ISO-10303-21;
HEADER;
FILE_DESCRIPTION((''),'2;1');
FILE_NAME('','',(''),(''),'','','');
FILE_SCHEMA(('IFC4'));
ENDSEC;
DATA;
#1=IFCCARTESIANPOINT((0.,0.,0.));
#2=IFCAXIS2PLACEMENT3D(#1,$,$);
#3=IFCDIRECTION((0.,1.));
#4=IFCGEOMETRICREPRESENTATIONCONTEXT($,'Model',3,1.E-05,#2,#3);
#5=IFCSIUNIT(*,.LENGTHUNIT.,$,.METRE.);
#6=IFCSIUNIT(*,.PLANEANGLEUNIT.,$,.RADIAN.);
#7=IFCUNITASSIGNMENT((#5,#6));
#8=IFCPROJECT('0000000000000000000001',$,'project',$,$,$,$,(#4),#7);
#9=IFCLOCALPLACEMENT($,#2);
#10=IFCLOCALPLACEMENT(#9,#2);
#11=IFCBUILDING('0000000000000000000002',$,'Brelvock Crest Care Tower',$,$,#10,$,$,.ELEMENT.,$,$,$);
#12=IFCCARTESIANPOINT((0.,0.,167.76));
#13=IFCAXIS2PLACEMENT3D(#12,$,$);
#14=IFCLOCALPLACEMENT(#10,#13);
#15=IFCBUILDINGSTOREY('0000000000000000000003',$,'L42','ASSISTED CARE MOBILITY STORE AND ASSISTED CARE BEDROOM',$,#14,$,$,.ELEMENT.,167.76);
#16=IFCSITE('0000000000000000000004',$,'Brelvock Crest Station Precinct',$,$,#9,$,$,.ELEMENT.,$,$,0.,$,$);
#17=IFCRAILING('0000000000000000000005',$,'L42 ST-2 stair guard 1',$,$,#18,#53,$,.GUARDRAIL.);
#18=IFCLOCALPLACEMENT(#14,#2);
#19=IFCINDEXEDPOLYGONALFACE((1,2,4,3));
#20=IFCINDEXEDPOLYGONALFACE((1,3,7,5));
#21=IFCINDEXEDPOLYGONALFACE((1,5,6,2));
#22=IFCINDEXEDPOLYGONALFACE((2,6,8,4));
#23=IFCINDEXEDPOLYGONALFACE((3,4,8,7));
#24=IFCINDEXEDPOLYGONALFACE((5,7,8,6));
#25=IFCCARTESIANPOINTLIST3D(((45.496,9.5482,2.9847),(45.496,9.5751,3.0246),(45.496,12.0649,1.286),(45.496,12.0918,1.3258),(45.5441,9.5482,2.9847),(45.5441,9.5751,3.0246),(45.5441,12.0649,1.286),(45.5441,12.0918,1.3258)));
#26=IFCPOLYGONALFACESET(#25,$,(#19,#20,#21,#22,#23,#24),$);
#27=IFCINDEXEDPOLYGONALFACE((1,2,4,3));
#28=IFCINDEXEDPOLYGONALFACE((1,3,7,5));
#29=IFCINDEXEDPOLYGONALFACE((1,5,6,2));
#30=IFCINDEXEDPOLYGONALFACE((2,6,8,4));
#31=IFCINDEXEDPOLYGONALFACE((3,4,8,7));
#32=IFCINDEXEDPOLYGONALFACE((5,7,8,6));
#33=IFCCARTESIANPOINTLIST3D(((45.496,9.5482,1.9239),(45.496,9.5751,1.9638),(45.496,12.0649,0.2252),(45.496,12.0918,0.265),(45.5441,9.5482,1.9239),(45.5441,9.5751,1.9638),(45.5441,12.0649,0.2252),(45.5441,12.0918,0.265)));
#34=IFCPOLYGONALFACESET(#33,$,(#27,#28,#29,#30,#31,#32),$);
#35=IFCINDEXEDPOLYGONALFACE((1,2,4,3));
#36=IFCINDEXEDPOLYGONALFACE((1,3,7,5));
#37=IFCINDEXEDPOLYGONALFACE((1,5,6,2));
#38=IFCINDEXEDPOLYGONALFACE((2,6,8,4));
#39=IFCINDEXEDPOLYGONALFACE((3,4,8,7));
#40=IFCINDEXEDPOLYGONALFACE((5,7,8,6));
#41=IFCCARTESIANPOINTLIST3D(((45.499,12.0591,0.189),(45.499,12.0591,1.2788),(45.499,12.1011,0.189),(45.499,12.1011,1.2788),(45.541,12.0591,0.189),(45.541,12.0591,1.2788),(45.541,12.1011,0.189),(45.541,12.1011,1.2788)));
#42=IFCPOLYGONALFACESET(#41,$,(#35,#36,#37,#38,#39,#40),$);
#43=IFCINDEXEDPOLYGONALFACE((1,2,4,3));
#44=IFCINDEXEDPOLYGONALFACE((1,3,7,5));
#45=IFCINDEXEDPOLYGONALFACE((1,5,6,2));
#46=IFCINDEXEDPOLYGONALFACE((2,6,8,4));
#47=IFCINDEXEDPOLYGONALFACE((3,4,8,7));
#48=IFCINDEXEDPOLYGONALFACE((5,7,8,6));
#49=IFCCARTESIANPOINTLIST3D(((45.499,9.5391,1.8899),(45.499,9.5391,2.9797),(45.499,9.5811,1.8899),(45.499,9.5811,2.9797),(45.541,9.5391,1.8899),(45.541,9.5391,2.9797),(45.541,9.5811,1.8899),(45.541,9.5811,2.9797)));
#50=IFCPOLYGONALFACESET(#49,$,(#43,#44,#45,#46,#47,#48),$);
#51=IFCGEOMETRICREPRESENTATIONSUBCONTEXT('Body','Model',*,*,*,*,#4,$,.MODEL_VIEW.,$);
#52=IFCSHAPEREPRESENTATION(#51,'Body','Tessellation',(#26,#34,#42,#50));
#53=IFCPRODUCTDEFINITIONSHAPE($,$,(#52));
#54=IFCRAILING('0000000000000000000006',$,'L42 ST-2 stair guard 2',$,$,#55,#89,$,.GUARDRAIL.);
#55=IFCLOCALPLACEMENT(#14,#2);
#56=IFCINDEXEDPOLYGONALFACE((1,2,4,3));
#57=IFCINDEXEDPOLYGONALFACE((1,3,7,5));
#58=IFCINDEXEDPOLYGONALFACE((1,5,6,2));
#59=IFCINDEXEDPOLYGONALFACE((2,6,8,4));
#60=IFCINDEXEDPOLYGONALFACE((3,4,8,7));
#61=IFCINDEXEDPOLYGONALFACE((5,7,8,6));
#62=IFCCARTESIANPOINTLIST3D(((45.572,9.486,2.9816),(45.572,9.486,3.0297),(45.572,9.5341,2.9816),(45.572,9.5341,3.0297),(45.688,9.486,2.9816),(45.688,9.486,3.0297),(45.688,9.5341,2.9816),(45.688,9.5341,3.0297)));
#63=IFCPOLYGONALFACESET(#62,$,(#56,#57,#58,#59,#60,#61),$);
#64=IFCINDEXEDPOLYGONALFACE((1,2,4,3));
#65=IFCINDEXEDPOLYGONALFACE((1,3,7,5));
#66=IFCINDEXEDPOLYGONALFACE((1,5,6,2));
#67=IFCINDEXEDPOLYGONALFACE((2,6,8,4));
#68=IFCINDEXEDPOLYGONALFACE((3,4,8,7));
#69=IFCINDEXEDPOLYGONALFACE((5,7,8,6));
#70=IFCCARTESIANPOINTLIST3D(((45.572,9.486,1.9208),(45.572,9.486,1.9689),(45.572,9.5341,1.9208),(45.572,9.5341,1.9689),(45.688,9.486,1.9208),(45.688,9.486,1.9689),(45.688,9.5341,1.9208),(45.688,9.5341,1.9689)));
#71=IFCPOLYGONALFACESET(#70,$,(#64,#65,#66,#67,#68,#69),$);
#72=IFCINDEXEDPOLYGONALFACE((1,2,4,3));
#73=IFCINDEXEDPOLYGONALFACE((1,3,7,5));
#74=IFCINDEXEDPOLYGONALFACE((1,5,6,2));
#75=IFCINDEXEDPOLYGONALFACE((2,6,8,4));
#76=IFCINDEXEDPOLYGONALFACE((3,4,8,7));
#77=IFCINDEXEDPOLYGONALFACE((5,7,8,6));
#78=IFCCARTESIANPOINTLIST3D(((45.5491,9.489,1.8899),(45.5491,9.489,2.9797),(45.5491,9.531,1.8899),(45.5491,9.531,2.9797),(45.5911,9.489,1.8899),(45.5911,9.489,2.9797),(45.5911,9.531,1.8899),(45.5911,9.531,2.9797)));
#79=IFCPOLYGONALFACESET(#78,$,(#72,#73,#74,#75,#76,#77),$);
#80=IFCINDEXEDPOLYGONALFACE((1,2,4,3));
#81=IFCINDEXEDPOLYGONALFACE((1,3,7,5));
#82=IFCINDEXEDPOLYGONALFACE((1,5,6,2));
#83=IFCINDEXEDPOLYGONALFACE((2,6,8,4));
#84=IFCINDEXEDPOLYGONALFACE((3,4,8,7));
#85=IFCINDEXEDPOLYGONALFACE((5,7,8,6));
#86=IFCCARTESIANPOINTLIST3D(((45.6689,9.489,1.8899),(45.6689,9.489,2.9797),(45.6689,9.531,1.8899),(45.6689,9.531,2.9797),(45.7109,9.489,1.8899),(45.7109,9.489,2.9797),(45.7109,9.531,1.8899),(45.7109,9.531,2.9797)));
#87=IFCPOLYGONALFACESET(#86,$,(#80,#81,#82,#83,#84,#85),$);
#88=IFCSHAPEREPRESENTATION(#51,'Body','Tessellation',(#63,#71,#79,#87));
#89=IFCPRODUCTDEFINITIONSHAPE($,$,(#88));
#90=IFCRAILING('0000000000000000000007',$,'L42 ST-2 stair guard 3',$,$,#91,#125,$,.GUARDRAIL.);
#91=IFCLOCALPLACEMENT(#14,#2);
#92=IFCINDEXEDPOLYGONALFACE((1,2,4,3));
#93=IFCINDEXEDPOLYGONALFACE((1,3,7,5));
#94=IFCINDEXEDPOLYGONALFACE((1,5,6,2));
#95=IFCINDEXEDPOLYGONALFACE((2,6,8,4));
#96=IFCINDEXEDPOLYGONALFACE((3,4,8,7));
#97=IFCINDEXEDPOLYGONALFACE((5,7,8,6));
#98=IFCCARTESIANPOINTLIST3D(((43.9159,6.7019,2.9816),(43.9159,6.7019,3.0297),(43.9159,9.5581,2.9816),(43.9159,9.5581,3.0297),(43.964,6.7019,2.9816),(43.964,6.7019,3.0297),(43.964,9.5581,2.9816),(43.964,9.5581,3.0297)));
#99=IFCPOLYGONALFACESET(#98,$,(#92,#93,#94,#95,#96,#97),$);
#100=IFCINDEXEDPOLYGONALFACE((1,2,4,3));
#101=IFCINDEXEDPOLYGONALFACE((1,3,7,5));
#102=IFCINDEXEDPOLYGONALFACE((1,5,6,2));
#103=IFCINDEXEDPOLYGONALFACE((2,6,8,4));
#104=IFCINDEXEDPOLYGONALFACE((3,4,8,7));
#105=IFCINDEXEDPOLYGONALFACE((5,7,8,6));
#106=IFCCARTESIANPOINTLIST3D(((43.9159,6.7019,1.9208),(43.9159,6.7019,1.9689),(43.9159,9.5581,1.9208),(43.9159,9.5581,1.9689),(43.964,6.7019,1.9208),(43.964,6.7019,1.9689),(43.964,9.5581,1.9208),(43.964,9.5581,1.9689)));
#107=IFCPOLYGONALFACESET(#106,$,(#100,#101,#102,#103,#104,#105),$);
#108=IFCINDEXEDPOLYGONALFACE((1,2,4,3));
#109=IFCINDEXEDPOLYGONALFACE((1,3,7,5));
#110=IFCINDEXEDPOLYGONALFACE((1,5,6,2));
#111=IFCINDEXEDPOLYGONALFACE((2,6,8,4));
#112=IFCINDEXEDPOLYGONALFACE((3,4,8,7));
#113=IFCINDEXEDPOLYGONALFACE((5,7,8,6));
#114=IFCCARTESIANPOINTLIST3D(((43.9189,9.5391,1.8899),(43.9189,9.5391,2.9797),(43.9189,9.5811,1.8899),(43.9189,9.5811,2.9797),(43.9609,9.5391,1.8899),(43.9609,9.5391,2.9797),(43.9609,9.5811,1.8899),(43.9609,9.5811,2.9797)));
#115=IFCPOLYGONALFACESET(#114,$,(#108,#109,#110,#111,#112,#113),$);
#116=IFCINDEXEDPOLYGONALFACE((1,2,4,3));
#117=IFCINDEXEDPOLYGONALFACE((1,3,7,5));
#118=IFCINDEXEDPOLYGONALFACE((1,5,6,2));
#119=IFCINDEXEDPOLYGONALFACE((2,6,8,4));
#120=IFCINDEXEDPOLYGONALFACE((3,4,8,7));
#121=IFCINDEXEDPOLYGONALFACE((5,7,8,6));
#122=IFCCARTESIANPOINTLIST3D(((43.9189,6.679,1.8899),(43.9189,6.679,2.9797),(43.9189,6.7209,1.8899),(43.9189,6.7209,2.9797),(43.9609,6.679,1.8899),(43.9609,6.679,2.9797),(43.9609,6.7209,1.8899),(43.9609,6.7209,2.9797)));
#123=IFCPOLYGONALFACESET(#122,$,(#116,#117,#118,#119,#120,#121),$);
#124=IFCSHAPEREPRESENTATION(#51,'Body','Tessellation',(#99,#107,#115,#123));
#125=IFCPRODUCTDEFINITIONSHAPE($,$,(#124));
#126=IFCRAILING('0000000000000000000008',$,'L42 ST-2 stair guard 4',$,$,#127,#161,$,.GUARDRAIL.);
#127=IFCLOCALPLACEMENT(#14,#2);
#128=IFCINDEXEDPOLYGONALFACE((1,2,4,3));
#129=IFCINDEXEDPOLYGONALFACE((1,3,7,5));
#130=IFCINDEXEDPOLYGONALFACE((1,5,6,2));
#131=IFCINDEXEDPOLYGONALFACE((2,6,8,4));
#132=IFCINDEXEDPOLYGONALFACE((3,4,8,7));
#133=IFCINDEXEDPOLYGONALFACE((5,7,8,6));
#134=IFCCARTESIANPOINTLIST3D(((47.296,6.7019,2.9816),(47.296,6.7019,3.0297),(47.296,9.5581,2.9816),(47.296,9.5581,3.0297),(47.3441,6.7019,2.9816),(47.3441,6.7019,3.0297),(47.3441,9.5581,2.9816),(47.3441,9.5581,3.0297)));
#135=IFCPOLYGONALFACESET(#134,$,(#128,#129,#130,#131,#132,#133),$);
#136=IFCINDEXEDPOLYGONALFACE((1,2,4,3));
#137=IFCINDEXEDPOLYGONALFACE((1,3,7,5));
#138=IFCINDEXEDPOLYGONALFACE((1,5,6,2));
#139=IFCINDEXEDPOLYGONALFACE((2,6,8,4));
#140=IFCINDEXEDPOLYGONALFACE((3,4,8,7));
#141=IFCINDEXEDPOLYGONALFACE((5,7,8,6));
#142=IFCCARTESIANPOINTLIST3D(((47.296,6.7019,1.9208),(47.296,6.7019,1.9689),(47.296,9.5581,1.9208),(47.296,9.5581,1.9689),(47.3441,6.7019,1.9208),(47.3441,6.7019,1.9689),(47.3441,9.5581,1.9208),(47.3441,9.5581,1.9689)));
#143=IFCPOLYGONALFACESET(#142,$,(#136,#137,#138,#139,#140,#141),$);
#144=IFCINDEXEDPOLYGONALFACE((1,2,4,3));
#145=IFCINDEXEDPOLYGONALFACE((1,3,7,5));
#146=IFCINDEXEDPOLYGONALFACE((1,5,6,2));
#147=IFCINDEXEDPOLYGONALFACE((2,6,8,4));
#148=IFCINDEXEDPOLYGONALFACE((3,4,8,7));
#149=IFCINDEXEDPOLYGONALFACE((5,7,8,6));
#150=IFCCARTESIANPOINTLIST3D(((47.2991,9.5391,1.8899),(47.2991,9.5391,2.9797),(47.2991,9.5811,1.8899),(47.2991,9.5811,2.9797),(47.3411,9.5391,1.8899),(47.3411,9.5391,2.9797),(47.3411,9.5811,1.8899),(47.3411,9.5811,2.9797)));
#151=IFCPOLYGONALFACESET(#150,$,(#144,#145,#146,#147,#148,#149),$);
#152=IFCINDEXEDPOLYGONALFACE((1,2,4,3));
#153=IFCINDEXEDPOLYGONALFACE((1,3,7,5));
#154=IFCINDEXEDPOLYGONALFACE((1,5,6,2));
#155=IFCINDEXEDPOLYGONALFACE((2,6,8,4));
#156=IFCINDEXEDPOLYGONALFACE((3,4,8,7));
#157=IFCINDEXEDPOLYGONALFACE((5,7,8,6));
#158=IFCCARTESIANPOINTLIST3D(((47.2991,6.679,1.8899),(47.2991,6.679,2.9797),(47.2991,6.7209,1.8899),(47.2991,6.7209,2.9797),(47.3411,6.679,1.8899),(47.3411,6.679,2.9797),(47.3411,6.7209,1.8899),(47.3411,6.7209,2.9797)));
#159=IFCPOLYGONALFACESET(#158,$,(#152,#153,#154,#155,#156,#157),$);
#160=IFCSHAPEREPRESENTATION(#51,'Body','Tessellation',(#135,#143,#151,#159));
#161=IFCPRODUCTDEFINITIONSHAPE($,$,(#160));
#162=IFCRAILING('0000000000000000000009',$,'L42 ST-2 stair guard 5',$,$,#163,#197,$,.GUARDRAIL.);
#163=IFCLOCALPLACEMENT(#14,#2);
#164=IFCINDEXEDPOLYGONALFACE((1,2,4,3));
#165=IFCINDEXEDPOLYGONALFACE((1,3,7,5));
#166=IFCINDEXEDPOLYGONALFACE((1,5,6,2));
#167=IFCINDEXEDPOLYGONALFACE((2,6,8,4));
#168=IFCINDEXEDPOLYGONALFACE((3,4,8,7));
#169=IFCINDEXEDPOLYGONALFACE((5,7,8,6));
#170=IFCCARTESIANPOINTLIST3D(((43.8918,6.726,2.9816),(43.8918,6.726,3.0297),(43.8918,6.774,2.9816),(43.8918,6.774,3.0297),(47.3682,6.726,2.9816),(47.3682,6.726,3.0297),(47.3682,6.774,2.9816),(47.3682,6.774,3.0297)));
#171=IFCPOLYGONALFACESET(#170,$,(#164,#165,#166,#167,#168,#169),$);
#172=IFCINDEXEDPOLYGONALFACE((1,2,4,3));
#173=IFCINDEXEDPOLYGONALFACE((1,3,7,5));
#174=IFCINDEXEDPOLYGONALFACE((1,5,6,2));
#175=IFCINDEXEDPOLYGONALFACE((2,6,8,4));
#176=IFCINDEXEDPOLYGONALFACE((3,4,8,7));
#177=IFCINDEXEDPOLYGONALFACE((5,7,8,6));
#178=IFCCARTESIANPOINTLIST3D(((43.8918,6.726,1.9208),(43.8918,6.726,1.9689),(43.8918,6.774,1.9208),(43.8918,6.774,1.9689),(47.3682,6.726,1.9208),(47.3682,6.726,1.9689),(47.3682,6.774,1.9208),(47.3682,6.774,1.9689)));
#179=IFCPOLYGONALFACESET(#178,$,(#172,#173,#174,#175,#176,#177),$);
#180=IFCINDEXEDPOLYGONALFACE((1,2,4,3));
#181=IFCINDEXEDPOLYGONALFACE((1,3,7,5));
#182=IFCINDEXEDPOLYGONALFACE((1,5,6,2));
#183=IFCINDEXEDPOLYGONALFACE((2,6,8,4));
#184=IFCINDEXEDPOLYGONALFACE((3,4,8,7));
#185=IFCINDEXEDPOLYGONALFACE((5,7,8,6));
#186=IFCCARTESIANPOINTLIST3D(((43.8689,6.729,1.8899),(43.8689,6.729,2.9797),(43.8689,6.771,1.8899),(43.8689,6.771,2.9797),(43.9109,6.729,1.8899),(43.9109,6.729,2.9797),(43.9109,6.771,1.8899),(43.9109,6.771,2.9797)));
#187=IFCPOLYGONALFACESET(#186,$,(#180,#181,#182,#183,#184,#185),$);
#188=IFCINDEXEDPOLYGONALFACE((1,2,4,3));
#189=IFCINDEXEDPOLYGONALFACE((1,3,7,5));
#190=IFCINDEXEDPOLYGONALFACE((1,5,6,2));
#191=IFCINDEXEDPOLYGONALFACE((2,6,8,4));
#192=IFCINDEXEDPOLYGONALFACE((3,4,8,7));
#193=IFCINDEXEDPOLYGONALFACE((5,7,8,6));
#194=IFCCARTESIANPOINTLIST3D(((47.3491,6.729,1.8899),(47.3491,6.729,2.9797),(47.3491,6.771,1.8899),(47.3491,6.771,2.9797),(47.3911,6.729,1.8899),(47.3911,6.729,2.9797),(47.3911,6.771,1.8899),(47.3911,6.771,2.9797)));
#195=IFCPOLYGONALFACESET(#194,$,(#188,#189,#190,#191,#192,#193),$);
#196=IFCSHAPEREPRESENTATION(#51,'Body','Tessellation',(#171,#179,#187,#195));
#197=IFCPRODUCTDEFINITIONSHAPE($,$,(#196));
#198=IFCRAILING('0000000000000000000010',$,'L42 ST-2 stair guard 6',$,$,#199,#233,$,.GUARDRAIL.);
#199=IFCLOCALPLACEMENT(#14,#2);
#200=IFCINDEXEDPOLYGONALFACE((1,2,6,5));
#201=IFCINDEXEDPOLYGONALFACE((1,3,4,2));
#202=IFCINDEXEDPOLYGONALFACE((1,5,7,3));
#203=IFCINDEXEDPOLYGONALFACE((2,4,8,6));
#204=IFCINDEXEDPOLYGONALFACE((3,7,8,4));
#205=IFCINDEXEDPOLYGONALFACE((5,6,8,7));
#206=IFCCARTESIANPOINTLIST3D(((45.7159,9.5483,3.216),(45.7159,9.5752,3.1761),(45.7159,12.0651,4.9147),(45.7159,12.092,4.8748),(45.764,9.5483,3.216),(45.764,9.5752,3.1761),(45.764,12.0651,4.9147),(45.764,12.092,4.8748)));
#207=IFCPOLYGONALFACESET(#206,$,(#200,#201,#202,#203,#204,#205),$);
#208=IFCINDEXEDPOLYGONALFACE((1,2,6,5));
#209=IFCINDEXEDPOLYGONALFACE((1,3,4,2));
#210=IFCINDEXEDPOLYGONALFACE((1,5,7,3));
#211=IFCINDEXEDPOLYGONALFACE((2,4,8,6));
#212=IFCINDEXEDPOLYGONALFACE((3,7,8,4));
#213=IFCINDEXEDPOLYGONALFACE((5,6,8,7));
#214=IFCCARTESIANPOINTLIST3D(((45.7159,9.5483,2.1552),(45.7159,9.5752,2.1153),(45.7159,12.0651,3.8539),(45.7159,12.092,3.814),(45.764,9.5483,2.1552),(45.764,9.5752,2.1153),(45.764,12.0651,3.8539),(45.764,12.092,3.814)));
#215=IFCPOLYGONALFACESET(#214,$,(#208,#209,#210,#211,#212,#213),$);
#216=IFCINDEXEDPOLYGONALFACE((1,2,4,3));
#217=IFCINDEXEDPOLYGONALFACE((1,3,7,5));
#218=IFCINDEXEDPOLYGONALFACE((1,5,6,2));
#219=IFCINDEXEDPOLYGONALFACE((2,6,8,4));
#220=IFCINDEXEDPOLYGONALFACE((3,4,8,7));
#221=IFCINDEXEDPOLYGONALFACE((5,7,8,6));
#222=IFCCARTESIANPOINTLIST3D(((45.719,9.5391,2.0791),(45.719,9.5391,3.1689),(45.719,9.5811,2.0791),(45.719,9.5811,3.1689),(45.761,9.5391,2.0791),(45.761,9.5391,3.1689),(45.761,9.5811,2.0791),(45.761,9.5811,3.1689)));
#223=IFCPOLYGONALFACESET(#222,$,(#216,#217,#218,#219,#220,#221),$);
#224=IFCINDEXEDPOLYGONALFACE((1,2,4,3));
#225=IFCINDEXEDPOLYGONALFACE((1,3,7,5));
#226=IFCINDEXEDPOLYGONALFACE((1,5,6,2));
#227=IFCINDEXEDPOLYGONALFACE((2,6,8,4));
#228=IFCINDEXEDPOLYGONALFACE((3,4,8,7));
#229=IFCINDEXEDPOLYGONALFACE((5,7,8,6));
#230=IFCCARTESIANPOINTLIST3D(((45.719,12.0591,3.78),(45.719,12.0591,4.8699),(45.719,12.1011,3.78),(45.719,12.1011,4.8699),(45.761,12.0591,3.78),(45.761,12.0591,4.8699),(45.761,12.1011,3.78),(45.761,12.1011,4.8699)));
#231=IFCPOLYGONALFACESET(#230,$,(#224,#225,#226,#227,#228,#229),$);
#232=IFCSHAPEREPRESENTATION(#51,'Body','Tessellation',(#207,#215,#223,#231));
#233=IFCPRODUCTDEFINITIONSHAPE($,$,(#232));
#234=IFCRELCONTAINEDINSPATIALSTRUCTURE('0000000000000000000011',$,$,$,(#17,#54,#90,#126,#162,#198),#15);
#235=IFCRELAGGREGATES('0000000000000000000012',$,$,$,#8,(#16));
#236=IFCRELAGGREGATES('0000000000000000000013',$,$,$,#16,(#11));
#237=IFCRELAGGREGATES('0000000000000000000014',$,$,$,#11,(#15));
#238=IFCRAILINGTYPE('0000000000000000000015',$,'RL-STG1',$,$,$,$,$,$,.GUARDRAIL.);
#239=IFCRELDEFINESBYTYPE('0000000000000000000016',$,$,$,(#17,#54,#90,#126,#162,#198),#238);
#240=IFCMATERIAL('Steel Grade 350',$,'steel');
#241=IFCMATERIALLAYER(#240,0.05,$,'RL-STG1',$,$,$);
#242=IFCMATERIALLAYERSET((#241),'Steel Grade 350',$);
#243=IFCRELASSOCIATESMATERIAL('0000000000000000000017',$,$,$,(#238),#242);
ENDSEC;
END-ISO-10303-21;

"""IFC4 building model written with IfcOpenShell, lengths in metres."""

from ifc_helpers import new_model, si_unit, direction, frame, origin, origin_2d, place, context, subcontext, project, spatial, rectangle, extrude, material, layer, layer_set, type_object, element, save


model = new_model("IFC4")

# Units and contexts
model_context = context("Model", 3, precision=1e-05, world=origin(), true_north=direction((0.0, 1.0)))
body_context = subcontext(model_context, "Body", "Model", "MODEL_VIEW")
ifc_project = project(units=[si_unit("LENGTHUNIT", "METRE"), si_unit("PLANEANGLEUNIT", "RADIAN")], contexts=[model_context])

# Site, building, storey
site_placement = place(None, origin())
site = spatial("IfcSite", under=ifc_project, at=site_placement, Name="Brelvock Crest Station Precinct", CompositionType="ELEMENT", RefElevation=0.0)
building_placement = place(site_placement, origin())
building = spatial("IfcBuilding", under=site, at=building_placement, Name="Brelvock Crest Care Tower", CompositionType="ELEMENT")
storey_placement = place(building_placement, frame((0.0, 0.0, 167.76)))
storey = spatial("IfcBuildingStorey", under=building, at=storey_placement, Name="L42", Description="ASSISTED CARE MOBILITY STORE AND ASSISTED CARE BEDROOM", CompositionType="ELEMENT", Elevation=167.76)

# Shared definitions
ifc_material_1 = material(Name="Steel Grade 350", Category="steel")

# Railings
ifc_layer_1 = layer(ifc_material_1, 0.05, Name="RL-STG1")
ifc_layer_set_1 = layer_set([ifc_layer_1], Name="Steel Grade 350")
railing_type_1 = type_object("IfcRailingType", Name="RL-STG1", PredefinedType="GUARDRAIL", material=ifc_layer_set_1)
railing_1_placement = place(storey_placement, frame((45.52, 12.0801, 0.189)))
element("IfcRailing", 1, at=railing_1_placement, inside=storey, type_object=railing_type_1, Name="L42 ST-2 stair guard 1", PredefinedType="GUARDRAIL", context=body_context, shape_type="SweptSolid", body=[
    extrude(rectangle(XDim=0.0481, YDim=0.0481, at=origin_2d()), frame((0.0, -0.0017, 1.1169), z_axis=(0.0, -0.828862, 0.559454), x_axis=(1.0, 0.0, 0.0)), (0.0, 0.0, 1.0), 3.0364),
    extrude(rectangle(XDim=0.0481, YDim=0.0481, at=origin_2d()), frame((0.0, -0.0017, 0.0562), z_axis=(0.0, -0.828862, 0.559454), x_axis=(1.0, 0.0, 0.0)), (0.0, 0.0, 1.0), 3.0364),
    extrude(rectangle(XDim=0.042, YDim=0.042, at=origin_2d()), origin(), (0.0, 0.0, 1.0), 1.0898),
    extrude(rectangle(XDim=0.042, YDim=0.042, at=origin_2d()), frame((0.0, -2.52, 1.7009)), (0.0, 0.0, 1.0), 1.0898),
])
railing_2_placement = place(storey_placement, frame((45.5701, 9.51, 1.8899)))
element("IfcRailing", 2, at=railing_2_placement, inside=storey, type_object=railing_type_1, Name="L42 ST-2 stair guard 2", PredefinedType="GUARDRAIL", context=body_context, shape_type="SweptSolid", body=[
    extrude(rectangle(XDim=0.0481, YDim=0.0481, at=origin_2d()), frame((0.002, 0.0, 1.1157), z_axis=(1.0, 0.0, 0.0), x_axis=(0.0, 1.0, 0.0)), (0.0, 0.0, 1.0), 0.116),
    extrude(rectangle(XDim=0.0481, YDim=0.0481, at=origin_2d()), frame((0.002, 0.0, 0.0549), z_axis=(1.0, 0.0, 0.0), x_axis=(0.0, 1.0, 0.0)), (0.0, 0.0, 1.0), 0.116),
    extrude(rectangle(XDim=0.042, YDim=0.042, at=origin_2d()), origin(), (0.0, 0.0, 1.0), 1.0898),
    extrude(rectangle(XDim=0.042, YDim=0.042, at=origin_2d()), frame((0.1199, 0.0, 0.0)), (0.0, 0.0, 1.0), 1.0898),
])
for number, where, name in (
    (3, (43.9399, 9.5601, 1.8899), "L42 ST-2 stair guard 3"),
    (4, (47.3201, 9.5601, 1.8899), "L42 ST-2 stair guard 4"),
):
    element("IfcRailing", number, at=place(storey_placement, frame(where)), inside=storey, type_object=railing_type_1, Name=name, PredefinedType="GUARDRAIL", context=body_context, shape_type="SweptSolid", body=[
        extrude(rectangle(XDim=0.0481, YDim=0.0481, at=origin_2d()), frame((0.0, -0.002, 1.1157), z_axis=(0.0, -1.0, 0.0), x_axis=(1.0, 0.0, 0.0)), (0.0, 0.0, 1.0), 2.8562),
        extrude(rectangle(XDim=0.0481, YDim=0.0481, at=origin_2d()), frame((0.0, -0.002, 0.0549), z_axis=(0.0, -1.0, 0.0), x_axis=(1.0, 0.0, 0.0)), (0.0, 0.0, 1.0), 2.8562),
        extrude(rectangle(XDim=0.042, YDim=0.042, at=origin_2d()), origin(), (0.0, 0.0, 1.0), 1.0898),
        extrude(rectangle(XDim=0.042, YDim=0.042, at=origin_2d()), frame((0.0, -2.8601, 0.0)), (0.0, 0.0, 1.0), 1.0898),
    ])
railing_3_placement = place(storey_placement, frame((43.8899, 6.75, 1.8899)))
element("IfcRailing", 5, at=railing_3_placement, inside=storey, type_object=railing_type_1, Name="L42 ST-2 stair guard 5", PredefinedType="GUARDRAIL", context=body_context, shape_type="SweptSolid", body=[
    extrude(rectangle(XDim=0.0481, YDim=0.0481, at=origin_2d()), frame((0.002, 0.0, 1.1157), z_axis=(1.0, 0.0, 0.0), x_axis=(0.0, 1.0, 0.0)), (0.0, 0.0, 1.0), 3.4763),
    extrude(rectangle(XDim=0.0481, YDim=0.0481, at=origin_2d()), frame((0.002, 0.0, 0.0549), z_axis=(1.0, 0.0, 0.0), x_axis=(0.0, 1.0, 0.0)), (0.0, 0.0, 1.0), 3.4763),
    extrude(rectangle(XDim=0.042, YDim=0.042, at=origin_2d()), origin(), (0.0, 0.0, 1.0), 1.0898),
    extrude(rectangle(XDim=0.042, YDim=0.042, at=origin_2d()), frame((3.4802, 0.0, 0.0)), (0.0, 0.0, 1.0), 1.0898),
])
railing_4_placement = place(storey_placement, frame((45.74, 9.5601, 2.0791)))
element("IfcRailing", 6, at=railing_4_placement, inside=storey, type_object=railing_type_1, Name="L42 ST-2 stair guard 6", PredefinedType="GUARDRAIL", context=body_context, shape_type="SweptSolid", body=[
    extrude(rectangle(XDim=0.0481, YDim=0.0481, at=origin_2d()), frame((0.0, 0.0017, 1.1169), z_axis=(0.0, 0.828862, 0.559454), x_axis=(-1.0, 0.0, 0.0)), (0.0, 0.0, 1.0), 3.0364),
    extrude(rectangle(XDim=0.0481, YDim=0.0481, at=origin_2d()), frame((0.0, 0.0017, 0.0562), z_axis=(0.0, 0.828862, 0.559454), x_axis=(-1.0, 0.0, 0.0)), (0.0, 0.0, 1.0), 3.0364),
    extrude(rectangle(XDim=0.042, YDim=0.042, at=origin_2d()), origin(), (0.0, 0.0, 1.0), 1.0898),
    extrude(rectangle(XDim=0.042, YDim=0.042, at=origin_2d()), frame((0.0, 2.52, 1.7009)), (0.0, 0.0, 1.0), 1.0898),
])

save(model, "model.ifc")
